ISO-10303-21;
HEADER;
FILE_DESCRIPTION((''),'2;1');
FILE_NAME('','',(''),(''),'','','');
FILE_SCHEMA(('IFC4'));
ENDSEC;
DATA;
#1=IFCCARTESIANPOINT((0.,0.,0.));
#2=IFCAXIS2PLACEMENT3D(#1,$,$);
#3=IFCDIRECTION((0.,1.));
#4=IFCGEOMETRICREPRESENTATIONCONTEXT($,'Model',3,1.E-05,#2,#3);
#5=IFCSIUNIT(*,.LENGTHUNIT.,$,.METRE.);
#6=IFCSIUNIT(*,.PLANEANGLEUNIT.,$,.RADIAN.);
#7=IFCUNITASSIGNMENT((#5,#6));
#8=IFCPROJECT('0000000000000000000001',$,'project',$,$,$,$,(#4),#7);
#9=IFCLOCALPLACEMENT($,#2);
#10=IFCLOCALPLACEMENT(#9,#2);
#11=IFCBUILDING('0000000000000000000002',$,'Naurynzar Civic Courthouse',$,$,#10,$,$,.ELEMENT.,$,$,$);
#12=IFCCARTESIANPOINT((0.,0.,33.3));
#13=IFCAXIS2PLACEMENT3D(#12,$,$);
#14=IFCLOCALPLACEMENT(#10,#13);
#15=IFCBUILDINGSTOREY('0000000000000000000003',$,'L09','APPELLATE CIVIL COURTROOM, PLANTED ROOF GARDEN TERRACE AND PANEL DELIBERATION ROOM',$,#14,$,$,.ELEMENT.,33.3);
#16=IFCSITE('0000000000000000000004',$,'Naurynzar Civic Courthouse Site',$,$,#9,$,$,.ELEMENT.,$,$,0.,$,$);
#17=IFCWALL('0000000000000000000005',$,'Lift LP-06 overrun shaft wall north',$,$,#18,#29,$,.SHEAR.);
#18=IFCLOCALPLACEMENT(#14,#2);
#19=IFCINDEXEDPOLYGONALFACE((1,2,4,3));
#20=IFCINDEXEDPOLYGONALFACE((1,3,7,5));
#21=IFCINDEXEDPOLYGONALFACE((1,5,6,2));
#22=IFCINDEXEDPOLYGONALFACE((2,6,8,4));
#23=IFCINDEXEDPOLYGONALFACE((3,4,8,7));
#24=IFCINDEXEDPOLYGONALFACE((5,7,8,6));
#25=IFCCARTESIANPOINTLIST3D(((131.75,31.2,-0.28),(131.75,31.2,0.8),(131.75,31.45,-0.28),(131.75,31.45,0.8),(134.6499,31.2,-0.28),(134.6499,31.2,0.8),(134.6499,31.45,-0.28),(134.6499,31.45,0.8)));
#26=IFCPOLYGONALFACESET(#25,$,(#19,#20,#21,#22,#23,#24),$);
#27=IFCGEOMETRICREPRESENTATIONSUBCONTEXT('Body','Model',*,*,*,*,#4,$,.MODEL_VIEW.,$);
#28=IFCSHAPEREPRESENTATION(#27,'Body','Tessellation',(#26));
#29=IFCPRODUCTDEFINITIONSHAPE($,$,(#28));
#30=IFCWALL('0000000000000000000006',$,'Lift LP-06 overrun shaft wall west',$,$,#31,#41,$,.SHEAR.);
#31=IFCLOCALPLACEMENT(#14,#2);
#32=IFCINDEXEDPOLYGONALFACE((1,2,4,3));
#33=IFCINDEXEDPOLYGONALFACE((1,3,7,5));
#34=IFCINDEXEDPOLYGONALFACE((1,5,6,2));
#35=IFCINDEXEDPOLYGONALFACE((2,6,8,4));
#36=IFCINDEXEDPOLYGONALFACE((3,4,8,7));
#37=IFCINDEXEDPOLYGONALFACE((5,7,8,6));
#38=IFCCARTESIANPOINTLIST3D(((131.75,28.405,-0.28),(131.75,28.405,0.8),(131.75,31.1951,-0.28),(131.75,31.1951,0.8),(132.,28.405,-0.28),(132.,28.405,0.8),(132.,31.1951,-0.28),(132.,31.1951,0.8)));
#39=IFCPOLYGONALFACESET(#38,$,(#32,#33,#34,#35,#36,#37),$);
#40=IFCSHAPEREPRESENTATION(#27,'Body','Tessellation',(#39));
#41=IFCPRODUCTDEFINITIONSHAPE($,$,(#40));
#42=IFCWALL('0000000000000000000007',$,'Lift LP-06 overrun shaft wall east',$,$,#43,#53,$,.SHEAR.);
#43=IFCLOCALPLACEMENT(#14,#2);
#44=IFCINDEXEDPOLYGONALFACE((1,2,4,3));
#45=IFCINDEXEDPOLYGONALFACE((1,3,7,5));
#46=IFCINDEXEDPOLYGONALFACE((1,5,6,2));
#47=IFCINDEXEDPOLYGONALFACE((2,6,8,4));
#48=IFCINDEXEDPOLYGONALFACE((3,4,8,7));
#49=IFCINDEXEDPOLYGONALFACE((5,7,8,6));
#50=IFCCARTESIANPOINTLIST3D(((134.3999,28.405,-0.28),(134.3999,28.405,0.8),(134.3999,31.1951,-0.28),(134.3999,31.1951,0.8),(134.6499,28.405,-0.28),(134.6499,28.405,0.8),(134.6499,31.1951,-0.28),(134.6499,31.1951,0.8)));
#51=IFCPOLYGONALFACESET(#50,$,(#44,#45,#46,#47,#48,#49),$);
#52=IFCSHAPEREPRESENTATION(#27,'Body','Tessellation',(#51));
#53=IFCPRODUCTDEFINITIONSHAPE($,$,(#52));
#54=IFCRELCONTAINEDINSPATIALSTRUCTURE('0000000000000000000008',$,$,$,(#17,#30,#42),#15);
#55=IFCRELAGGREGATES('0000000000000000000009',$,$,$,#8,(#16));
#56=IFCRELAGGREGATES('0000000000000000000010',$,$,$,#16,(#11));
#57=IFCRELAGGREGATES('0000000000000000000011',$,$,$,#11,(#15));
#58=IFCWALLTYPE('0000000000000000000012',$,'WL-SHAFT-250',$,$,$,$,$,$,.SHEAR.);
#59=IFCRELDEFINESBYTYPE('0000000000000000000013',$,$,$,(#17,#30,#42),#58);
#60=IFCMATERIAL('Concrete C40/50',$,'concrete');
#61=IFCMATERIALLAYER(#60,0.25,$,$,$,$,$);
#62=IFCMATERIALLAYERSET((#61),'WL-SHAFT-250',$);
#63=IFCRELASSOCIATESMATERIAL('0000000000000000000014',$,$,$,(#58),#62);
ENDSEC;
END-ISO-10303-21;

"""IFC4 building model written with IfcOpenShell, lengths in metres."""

from ifc_helpers import new_model, si_unit, direction, frame, frame_2d, origin, place, context, subcontext, project, spatial, rectangle, extrude, material, layer, layer_set, type_object, element, save


model = new_model("IFC4")

# Units and contexts
model_context = context("Model", 3, precision=1e-05, world=origin(), true_north=direction((0.0, 1.0)))
body_context = subcontext(model_context, "Body", "Model", "MODEL_VIEW")
ifc_project = project(units=[si_unit("LENGTHUNIT", "METRE"), si_unit("PLANEANGLEUNIT", "RADIAN")], contexts=[model_context])

# Site, building, storey
site_placement = place(None, origin())
site = spatial("IfcSite", under=ifc_project, at=site_placement, Name="Naurynzar Civic Courthouse Site", CompositionType="ELEMENT", RefElevation=0.0)
building_placement = place(site_placement, origin())
building = spatial("IfcBuilding", under=site, at=building_placement, Name="Naurynzar Civic Courthouse", CompositionType="ELEMENT")
storey_placement = place(building_placement, frame((0.0, 0.0, 33.3)))
storey = spatial("IfcBuildingStorey", under=building, at=storey_placement, Name="L09", Description="APPELLATE CIVIL COURTROOM, PLANTED ROOF GARDEN TERRACE AND PANEL DELIBERATION ROOM", CompositionType="ELEMENT", Elevation=33.3)

# Walls
ifc_material_1 = material(Name="Concrete C40/50", Category="concrete")
ifc_layer_1 = layer(ifc_material_1, 0.25)
ifc_layer_set_1 = layer_set([ifc_layer_1], Name="WL-SHAFT-250")
wall_type_1 = type_object("IfcWallType", Name="WL-SHAFT-250", PredefinedType="SHEAR", material=ifc_layer_set_1)
for number, where, z_axis, x_axis, name in (
    (1, (134.6499, 31.325, -0.28), (0.0, 0.0, 1.0), (-1.0, 0.0, 0.0), "Lift LP-06 overrun shaft wall north"),
):
    element("IfcWall", number, at=place(storey_placement, frame(where, z_axis=z_axis, x_axis=x_axis)), inside=storey, type_object=wall_type_1, Name=name, PredefinedType="SHEAR", context=body_context, shape_type="SweptSolid", body=[
        extrude(rectangle(XDim=2.8999, YDim=0.25, at=frame_2d((1.45, 0.0))), origin(), (0.0, 0.0, 1.0), 1.0801),
    ])
for number, where, z_axis, x_axis, name in (
    (2, (131.875, 31.1951, -0.28), (0.0, 0.0, 1.0), (0.0, -1.0, 0.0), "Lift LP-06 overrun shaft wall west"),
    (3, (134.5249, 28.405, -0.28), (0.0, 0.0, 1.0), (0.0, 1.0, 0.0), "Lift LP-06 overrun shaft wall east"),
):
    element("IfcWall", number, at=place(storey_placement, frame(where, z_axis=z_axis, x_axis=x_axis)), inside=storey, type_object=wall_type_1, Name=name, PredefinedType="SHEAR", context=body_context, shape_type="SweptSolid", body=[
        extrude(rectangle(XDim=2.79, YDim=0.25, at=frame_2d((1.395, 0.0))), origin(), (0.0, 0.0, 1.0), 1.0801),
    ])

save(model, "model.ifc")
